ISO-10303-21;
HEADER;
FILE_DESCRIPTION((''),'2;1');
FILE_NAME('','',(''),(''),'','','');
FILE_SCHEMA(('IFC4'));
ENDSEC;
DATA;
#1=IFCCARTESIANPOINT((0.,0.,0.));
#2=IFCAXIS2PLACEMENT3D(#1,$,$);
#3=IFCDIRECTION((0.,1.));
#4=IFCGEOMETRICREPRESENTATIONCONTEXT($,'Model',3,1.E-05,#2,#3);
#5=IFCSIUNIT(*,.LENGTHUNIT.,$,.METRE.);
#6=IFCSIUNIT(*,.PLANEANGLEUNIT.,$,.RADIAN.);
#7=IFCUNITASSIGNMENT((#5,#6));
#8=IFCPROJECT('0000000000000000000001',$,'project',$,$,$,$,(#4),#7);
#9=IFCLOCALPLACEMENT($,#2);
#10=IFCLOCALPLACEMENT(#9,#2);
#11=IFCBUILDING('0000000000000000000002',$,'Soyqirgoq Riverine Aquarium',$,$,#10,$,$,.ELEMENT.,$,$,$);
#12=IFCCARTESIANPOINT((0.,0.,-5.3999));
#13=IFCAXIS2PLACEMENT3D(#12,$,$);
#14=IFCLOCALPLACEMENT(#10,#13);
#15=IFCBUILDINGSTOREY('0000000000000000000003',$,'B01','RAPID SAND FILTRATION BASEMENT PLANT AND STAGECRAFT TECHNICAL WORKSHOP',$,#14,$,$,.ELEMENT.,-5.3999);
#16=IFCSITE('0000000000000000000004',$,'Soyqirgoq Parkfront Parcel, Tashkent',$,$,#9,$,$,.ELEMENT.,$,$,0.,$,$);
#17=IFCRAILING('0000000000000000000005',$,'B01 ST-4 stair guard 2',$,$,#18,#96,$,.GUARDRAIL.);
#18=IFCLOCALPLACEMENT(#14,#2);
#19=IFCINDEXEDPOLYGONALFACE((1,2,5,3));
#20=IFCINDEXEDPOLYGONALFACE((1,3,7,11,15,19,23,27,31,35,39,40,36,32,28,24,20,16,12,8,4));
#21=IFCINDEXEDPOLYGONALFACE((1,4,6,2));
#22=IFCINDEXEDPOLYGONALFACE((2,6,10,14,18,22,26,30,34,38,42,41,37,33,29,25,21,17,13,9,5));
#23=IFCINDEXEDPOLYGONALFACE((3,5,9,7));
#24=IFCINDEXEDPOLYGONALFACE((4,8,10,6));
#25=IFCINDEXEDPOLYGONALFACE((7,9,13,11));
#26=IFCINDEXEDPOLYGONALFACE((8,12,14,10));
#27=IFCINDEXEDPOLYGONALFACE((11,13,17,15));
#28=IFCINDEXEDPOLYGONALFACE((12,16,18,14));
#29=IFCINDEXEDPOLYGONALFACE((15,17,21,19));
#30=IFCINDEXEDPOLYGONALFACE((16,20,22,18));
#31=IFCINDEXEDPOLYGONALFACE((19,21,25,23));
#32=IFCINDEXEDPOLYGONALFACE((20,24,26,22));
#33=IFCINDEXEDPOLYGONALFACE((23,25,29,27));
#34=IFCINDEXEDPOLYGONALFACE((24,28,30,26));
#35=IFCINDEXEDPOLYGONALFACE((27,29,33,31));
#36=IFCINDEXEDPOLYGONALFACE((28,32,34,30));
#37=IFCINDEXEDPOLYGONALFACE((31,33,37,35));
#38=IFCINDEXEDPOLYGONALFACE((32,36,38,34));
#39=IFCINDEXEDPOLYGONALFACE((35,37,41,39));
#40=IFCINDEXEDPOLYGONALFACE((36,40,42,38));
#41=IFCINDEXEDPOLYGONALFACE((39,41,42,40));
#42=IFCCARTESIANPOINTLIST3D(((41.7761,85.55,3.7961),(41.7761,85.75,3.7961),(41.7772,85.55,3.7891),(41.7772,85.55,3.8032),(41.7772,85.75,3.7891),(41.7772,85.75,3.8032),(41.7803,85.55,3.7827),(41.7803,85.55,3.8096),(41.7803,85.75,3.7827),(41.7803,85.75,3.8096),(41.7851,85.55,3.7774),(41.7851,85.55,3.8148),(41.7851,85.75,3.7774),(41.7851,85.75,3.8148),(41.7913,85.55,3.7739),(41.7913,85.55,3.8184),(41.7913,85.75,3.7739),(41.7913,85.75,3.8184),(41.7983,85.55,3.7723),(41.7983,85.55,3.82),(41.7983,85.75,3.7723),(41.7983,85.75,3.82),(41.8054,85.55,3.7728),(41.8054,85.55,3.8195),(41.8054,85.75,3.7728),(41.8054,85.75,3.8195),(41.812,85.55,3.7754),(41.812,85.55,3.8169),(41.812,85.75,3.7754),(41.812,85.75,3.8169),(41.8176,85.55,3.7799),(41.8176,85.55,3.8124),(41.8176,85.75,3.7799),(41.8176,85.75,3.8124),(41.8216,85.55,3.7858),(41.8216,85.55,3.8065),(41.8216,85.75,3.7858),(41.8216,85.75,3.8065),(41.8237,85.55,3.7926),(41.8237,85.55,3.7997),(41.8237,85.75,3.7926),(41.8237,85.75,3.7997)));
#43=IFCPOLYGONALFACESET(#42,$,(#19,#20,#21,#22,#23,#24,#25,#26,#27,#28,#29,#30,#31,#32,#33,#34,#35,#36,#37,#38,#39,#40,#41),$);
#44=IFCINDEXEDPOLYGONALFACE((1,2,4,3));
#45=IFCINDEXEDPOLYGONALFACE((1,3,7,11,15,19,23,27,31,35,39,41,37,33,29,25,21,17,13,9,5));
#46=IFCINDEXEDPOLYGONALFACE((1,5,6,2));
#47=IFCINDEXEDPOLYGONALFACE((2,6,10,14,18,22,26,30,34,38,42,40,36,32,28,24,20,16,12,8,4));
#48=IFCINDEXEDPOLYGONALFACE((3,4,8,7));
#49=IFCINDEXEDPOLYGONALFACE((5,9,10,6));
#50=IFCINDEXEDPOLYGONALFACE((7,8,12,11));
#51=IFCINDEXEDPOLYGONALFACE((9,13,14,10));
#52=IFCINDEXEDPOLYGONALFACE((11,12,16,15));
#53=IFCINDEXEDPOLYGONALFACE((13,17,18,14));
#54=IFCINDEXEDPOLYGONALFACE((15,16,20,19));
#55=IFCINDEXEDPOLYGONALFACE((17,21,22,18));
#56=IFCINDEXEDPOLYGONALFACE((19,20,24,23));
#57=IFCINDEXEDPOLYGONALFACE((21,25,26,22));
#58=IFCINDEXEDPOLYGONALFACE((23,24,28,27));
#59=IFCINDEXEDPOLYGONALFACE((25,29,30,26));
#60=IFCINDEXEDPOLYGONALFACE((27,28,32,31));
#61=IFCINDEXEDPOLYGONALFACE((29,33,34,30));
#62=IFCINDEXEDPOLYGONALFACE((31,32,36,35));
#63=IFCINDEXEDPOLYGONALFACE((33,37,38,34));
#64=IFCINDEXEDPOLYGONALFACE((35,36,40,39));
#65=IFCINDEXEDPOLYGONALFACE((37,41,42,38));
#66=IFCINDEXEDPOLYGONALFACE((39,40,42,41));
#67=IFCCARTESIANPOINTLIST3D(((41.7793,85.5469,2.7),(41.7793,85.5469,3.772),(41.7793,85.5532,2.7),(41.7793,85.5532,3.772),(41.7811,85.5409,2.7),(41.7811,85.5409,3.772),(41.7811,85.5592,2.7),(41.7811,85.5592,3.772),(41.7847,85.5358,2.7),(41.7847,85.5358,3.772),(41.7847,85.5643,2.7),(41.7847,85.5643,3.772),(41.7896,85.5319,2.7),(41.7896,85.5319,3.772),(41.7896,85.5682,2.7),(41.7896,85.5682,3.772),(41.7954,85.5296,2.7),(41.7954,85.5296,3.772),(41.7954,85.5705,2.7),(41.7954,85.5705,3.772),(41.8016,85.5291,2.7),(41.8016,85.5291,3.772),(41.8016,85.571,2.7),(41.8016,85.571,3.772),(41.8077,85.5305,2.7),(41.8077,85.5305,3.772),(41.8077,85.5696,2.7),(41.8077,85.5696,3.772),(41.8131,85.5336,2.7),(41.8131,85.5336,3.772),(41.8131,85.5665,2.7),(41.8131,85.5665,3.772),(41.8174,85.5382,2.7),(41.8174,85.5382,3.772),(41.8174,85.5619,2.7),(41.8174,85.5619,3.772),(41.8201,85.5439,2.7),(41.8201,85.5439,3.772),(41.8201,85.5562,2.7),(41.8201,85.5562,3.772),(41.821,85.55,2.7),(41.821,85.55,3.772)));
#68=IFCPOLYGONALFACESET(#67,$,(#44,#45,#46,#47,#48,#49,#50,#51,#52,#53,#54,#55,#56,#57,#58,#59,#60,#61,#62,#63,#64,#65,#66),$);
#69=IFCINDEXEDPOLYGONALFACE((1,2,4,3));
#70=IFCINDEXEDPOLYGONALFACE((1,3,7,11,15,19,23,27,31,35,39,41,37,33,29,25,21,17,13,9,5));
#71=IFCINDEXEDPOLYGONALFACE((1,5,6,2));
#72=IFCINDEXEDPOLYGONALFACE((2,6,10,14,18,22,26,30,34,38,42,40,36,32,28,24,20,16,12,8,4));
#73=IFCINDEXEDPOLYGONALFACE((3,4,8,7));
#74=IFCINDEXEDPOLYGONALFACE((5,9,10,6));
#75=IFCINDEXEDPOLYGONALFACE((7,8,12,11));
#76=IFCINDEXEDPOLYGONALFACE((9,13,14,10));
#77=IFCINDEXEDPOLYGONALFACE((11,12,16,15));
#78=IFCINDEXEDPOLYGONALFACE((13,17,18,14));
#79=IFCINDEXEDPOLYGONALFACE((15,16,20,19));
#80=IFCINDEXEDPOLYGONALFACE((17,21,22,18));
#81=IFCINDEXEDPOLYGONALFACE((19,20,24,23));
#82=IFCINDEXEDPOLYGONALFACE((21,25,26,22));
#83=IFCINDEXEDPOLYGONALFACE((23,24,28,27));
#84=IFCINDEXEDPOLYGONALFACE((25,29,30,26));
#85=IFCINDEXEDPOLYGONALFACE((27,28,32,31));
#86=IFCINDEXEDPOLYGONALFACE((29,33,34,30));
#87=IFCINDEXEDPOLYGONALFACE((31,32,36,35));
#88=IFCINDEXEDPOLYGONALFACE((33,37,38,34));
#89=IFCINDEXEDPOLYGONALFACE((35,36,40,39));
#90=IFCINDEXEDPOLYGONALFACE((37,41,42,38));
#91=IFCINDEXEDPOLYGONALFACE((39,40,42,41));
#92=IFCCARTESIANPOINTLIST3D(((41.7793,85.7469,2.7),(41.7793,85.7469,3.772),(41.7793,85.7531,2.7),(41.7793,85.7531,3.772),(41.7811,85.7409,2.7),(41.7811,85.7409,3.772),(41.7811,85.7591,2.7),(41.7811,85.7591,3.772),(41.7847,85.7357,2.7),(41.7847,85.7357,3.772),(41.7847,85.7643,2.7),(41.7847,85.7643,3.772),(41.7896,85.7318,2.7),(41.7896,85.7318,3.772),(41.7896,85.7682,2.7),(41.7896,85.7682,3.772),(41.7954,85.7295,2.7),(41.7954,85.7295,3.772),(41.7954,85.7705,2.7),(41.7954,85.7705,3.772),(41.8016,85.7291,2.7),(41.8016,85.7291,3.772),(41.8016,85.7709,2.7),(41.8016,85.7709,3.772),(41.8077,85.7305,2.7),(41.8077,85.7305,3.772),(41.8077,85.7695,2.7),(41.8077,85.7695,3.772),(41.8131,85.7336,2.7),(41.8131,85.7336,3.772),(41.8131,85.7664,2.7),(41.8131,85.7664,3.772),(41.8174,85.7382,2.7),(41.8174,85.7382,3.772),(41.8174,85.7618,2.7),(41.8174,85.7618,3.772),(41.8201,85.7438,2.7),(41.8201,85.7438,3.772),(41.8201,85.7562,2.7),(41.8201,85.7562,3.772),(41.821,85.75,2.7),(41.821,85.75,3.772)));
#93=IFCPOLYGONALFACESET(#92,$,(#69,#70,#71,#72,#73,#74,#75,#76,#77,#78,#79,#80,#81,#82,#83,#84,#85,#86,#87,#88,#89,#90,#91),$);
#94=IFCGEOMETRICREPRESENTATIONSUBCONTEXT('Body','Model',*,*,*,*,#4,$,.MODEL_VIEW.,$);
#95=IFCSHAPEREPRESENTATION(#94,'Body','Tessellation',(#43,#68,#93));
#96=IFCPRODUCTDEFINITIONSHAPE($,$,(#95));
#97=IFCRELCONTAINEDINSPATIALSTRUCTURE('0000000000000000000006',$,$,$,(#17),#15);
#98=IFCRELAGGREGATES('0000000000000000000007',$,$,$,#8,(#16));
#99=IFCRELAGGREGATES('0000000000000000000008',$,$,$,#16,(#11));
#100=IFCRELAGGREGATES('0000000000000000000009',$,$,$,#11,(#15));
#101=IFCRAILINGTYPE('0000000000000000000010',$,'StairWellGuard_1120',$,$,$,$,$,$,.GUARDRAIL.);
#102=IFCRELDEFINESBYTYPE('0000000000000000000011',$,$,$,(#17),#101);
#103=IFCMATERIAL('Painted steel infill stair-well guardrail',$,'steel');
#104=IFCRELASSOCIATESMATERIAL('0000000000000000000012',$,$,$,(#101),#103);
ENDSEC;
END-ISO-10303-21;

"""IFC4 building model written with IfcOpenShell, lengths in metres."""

from ifc_helpers import new_model, si_unit, direction, frame, origin, origin_2d, place, context, subcontext, project, spatial, circle, extrude, material, type_object, element, save


model = new_model("IFC4")

# Units and contexts
model_context = context("Model", 3, precision=1e-05, world=origin(), true_north=direction((0.0, 1.0)))
body_context = subcontext(model_context, "Body", "Model", "MODEL_VIEW")
ifc_project = project(units=[si_unit("LENGTHUNIT", "METRE"), si_unit("PLANEANGLEUNIT", "RADIAN")], contexts=[model_context])

# Site, building, storey
site_placement = place(None, origin())
site = spatial("IfcSite", under=ifc_project, at=site_placement, Name="Soyqirgoq Parkfront Parcel, Tashkent", CompositionType="ELEMENT", RefElevation=0.0)
building_placement = place(site_placement, origin())
building = spatial("IfcBuilding", under=site, at=building_placement, Name="Soyqirgoq Riverine Aquarium", CompositionType="ELEMENT")
storey_placement = place(building_placement, frame((0.0, 0.0, -5.3999)))
storey = spatial("IfcBuildingStorey", under=building, at=storey_placement, Name="B01", Description="RAPID SAND FILTRATION BASEMENT PLANT AND STAGECRAFT TECHNICAL WORKSHOP", CompositionType="ELEMENT", Elevation=-5.3999)

# Railing
ifc_material_1 = material(Name="Painted steel infill stair-well guardrail", Category="steel")
railing_type_1 = type_object("IfcRailingType", Name="StairWellGuard_1120", PredefinedType="GUARDRAIL", material=ifc_material_1)
railing_1_placement = place(storey_placement, frame((41.8, 85.55, 2.7)))
element("IfcRailing", 1, at=railing_1_placement, inside=storey, type_object=railing_type_1, Name="B01 ST-4 stair guard 2", PredefinedType="GUARDRAIL", context=body_context, shape_type="SweptSolid", body=[
    extrude(circle(Radius=0.0239, at=origin_2d()), frame((0.0, 0.0, 1.0962), z_axis=(0.0, 1.0, 0.0), x_axis=(-1.0, 0.0, 0.0)), (0.0, 0.0, 1.0), 0.2),
    extrude(circle(Radius=0.021, at=origin_2d()), origin(), (0.0, 0.0, 1.0), 1.072),
    extrude(circle(Radius=0.021, at=origin_2d()), frame((0.0, 0.2, 0.0)), (0.0, 0.0, 1.0), 1.072),
])

save(model, "model.ifc")
